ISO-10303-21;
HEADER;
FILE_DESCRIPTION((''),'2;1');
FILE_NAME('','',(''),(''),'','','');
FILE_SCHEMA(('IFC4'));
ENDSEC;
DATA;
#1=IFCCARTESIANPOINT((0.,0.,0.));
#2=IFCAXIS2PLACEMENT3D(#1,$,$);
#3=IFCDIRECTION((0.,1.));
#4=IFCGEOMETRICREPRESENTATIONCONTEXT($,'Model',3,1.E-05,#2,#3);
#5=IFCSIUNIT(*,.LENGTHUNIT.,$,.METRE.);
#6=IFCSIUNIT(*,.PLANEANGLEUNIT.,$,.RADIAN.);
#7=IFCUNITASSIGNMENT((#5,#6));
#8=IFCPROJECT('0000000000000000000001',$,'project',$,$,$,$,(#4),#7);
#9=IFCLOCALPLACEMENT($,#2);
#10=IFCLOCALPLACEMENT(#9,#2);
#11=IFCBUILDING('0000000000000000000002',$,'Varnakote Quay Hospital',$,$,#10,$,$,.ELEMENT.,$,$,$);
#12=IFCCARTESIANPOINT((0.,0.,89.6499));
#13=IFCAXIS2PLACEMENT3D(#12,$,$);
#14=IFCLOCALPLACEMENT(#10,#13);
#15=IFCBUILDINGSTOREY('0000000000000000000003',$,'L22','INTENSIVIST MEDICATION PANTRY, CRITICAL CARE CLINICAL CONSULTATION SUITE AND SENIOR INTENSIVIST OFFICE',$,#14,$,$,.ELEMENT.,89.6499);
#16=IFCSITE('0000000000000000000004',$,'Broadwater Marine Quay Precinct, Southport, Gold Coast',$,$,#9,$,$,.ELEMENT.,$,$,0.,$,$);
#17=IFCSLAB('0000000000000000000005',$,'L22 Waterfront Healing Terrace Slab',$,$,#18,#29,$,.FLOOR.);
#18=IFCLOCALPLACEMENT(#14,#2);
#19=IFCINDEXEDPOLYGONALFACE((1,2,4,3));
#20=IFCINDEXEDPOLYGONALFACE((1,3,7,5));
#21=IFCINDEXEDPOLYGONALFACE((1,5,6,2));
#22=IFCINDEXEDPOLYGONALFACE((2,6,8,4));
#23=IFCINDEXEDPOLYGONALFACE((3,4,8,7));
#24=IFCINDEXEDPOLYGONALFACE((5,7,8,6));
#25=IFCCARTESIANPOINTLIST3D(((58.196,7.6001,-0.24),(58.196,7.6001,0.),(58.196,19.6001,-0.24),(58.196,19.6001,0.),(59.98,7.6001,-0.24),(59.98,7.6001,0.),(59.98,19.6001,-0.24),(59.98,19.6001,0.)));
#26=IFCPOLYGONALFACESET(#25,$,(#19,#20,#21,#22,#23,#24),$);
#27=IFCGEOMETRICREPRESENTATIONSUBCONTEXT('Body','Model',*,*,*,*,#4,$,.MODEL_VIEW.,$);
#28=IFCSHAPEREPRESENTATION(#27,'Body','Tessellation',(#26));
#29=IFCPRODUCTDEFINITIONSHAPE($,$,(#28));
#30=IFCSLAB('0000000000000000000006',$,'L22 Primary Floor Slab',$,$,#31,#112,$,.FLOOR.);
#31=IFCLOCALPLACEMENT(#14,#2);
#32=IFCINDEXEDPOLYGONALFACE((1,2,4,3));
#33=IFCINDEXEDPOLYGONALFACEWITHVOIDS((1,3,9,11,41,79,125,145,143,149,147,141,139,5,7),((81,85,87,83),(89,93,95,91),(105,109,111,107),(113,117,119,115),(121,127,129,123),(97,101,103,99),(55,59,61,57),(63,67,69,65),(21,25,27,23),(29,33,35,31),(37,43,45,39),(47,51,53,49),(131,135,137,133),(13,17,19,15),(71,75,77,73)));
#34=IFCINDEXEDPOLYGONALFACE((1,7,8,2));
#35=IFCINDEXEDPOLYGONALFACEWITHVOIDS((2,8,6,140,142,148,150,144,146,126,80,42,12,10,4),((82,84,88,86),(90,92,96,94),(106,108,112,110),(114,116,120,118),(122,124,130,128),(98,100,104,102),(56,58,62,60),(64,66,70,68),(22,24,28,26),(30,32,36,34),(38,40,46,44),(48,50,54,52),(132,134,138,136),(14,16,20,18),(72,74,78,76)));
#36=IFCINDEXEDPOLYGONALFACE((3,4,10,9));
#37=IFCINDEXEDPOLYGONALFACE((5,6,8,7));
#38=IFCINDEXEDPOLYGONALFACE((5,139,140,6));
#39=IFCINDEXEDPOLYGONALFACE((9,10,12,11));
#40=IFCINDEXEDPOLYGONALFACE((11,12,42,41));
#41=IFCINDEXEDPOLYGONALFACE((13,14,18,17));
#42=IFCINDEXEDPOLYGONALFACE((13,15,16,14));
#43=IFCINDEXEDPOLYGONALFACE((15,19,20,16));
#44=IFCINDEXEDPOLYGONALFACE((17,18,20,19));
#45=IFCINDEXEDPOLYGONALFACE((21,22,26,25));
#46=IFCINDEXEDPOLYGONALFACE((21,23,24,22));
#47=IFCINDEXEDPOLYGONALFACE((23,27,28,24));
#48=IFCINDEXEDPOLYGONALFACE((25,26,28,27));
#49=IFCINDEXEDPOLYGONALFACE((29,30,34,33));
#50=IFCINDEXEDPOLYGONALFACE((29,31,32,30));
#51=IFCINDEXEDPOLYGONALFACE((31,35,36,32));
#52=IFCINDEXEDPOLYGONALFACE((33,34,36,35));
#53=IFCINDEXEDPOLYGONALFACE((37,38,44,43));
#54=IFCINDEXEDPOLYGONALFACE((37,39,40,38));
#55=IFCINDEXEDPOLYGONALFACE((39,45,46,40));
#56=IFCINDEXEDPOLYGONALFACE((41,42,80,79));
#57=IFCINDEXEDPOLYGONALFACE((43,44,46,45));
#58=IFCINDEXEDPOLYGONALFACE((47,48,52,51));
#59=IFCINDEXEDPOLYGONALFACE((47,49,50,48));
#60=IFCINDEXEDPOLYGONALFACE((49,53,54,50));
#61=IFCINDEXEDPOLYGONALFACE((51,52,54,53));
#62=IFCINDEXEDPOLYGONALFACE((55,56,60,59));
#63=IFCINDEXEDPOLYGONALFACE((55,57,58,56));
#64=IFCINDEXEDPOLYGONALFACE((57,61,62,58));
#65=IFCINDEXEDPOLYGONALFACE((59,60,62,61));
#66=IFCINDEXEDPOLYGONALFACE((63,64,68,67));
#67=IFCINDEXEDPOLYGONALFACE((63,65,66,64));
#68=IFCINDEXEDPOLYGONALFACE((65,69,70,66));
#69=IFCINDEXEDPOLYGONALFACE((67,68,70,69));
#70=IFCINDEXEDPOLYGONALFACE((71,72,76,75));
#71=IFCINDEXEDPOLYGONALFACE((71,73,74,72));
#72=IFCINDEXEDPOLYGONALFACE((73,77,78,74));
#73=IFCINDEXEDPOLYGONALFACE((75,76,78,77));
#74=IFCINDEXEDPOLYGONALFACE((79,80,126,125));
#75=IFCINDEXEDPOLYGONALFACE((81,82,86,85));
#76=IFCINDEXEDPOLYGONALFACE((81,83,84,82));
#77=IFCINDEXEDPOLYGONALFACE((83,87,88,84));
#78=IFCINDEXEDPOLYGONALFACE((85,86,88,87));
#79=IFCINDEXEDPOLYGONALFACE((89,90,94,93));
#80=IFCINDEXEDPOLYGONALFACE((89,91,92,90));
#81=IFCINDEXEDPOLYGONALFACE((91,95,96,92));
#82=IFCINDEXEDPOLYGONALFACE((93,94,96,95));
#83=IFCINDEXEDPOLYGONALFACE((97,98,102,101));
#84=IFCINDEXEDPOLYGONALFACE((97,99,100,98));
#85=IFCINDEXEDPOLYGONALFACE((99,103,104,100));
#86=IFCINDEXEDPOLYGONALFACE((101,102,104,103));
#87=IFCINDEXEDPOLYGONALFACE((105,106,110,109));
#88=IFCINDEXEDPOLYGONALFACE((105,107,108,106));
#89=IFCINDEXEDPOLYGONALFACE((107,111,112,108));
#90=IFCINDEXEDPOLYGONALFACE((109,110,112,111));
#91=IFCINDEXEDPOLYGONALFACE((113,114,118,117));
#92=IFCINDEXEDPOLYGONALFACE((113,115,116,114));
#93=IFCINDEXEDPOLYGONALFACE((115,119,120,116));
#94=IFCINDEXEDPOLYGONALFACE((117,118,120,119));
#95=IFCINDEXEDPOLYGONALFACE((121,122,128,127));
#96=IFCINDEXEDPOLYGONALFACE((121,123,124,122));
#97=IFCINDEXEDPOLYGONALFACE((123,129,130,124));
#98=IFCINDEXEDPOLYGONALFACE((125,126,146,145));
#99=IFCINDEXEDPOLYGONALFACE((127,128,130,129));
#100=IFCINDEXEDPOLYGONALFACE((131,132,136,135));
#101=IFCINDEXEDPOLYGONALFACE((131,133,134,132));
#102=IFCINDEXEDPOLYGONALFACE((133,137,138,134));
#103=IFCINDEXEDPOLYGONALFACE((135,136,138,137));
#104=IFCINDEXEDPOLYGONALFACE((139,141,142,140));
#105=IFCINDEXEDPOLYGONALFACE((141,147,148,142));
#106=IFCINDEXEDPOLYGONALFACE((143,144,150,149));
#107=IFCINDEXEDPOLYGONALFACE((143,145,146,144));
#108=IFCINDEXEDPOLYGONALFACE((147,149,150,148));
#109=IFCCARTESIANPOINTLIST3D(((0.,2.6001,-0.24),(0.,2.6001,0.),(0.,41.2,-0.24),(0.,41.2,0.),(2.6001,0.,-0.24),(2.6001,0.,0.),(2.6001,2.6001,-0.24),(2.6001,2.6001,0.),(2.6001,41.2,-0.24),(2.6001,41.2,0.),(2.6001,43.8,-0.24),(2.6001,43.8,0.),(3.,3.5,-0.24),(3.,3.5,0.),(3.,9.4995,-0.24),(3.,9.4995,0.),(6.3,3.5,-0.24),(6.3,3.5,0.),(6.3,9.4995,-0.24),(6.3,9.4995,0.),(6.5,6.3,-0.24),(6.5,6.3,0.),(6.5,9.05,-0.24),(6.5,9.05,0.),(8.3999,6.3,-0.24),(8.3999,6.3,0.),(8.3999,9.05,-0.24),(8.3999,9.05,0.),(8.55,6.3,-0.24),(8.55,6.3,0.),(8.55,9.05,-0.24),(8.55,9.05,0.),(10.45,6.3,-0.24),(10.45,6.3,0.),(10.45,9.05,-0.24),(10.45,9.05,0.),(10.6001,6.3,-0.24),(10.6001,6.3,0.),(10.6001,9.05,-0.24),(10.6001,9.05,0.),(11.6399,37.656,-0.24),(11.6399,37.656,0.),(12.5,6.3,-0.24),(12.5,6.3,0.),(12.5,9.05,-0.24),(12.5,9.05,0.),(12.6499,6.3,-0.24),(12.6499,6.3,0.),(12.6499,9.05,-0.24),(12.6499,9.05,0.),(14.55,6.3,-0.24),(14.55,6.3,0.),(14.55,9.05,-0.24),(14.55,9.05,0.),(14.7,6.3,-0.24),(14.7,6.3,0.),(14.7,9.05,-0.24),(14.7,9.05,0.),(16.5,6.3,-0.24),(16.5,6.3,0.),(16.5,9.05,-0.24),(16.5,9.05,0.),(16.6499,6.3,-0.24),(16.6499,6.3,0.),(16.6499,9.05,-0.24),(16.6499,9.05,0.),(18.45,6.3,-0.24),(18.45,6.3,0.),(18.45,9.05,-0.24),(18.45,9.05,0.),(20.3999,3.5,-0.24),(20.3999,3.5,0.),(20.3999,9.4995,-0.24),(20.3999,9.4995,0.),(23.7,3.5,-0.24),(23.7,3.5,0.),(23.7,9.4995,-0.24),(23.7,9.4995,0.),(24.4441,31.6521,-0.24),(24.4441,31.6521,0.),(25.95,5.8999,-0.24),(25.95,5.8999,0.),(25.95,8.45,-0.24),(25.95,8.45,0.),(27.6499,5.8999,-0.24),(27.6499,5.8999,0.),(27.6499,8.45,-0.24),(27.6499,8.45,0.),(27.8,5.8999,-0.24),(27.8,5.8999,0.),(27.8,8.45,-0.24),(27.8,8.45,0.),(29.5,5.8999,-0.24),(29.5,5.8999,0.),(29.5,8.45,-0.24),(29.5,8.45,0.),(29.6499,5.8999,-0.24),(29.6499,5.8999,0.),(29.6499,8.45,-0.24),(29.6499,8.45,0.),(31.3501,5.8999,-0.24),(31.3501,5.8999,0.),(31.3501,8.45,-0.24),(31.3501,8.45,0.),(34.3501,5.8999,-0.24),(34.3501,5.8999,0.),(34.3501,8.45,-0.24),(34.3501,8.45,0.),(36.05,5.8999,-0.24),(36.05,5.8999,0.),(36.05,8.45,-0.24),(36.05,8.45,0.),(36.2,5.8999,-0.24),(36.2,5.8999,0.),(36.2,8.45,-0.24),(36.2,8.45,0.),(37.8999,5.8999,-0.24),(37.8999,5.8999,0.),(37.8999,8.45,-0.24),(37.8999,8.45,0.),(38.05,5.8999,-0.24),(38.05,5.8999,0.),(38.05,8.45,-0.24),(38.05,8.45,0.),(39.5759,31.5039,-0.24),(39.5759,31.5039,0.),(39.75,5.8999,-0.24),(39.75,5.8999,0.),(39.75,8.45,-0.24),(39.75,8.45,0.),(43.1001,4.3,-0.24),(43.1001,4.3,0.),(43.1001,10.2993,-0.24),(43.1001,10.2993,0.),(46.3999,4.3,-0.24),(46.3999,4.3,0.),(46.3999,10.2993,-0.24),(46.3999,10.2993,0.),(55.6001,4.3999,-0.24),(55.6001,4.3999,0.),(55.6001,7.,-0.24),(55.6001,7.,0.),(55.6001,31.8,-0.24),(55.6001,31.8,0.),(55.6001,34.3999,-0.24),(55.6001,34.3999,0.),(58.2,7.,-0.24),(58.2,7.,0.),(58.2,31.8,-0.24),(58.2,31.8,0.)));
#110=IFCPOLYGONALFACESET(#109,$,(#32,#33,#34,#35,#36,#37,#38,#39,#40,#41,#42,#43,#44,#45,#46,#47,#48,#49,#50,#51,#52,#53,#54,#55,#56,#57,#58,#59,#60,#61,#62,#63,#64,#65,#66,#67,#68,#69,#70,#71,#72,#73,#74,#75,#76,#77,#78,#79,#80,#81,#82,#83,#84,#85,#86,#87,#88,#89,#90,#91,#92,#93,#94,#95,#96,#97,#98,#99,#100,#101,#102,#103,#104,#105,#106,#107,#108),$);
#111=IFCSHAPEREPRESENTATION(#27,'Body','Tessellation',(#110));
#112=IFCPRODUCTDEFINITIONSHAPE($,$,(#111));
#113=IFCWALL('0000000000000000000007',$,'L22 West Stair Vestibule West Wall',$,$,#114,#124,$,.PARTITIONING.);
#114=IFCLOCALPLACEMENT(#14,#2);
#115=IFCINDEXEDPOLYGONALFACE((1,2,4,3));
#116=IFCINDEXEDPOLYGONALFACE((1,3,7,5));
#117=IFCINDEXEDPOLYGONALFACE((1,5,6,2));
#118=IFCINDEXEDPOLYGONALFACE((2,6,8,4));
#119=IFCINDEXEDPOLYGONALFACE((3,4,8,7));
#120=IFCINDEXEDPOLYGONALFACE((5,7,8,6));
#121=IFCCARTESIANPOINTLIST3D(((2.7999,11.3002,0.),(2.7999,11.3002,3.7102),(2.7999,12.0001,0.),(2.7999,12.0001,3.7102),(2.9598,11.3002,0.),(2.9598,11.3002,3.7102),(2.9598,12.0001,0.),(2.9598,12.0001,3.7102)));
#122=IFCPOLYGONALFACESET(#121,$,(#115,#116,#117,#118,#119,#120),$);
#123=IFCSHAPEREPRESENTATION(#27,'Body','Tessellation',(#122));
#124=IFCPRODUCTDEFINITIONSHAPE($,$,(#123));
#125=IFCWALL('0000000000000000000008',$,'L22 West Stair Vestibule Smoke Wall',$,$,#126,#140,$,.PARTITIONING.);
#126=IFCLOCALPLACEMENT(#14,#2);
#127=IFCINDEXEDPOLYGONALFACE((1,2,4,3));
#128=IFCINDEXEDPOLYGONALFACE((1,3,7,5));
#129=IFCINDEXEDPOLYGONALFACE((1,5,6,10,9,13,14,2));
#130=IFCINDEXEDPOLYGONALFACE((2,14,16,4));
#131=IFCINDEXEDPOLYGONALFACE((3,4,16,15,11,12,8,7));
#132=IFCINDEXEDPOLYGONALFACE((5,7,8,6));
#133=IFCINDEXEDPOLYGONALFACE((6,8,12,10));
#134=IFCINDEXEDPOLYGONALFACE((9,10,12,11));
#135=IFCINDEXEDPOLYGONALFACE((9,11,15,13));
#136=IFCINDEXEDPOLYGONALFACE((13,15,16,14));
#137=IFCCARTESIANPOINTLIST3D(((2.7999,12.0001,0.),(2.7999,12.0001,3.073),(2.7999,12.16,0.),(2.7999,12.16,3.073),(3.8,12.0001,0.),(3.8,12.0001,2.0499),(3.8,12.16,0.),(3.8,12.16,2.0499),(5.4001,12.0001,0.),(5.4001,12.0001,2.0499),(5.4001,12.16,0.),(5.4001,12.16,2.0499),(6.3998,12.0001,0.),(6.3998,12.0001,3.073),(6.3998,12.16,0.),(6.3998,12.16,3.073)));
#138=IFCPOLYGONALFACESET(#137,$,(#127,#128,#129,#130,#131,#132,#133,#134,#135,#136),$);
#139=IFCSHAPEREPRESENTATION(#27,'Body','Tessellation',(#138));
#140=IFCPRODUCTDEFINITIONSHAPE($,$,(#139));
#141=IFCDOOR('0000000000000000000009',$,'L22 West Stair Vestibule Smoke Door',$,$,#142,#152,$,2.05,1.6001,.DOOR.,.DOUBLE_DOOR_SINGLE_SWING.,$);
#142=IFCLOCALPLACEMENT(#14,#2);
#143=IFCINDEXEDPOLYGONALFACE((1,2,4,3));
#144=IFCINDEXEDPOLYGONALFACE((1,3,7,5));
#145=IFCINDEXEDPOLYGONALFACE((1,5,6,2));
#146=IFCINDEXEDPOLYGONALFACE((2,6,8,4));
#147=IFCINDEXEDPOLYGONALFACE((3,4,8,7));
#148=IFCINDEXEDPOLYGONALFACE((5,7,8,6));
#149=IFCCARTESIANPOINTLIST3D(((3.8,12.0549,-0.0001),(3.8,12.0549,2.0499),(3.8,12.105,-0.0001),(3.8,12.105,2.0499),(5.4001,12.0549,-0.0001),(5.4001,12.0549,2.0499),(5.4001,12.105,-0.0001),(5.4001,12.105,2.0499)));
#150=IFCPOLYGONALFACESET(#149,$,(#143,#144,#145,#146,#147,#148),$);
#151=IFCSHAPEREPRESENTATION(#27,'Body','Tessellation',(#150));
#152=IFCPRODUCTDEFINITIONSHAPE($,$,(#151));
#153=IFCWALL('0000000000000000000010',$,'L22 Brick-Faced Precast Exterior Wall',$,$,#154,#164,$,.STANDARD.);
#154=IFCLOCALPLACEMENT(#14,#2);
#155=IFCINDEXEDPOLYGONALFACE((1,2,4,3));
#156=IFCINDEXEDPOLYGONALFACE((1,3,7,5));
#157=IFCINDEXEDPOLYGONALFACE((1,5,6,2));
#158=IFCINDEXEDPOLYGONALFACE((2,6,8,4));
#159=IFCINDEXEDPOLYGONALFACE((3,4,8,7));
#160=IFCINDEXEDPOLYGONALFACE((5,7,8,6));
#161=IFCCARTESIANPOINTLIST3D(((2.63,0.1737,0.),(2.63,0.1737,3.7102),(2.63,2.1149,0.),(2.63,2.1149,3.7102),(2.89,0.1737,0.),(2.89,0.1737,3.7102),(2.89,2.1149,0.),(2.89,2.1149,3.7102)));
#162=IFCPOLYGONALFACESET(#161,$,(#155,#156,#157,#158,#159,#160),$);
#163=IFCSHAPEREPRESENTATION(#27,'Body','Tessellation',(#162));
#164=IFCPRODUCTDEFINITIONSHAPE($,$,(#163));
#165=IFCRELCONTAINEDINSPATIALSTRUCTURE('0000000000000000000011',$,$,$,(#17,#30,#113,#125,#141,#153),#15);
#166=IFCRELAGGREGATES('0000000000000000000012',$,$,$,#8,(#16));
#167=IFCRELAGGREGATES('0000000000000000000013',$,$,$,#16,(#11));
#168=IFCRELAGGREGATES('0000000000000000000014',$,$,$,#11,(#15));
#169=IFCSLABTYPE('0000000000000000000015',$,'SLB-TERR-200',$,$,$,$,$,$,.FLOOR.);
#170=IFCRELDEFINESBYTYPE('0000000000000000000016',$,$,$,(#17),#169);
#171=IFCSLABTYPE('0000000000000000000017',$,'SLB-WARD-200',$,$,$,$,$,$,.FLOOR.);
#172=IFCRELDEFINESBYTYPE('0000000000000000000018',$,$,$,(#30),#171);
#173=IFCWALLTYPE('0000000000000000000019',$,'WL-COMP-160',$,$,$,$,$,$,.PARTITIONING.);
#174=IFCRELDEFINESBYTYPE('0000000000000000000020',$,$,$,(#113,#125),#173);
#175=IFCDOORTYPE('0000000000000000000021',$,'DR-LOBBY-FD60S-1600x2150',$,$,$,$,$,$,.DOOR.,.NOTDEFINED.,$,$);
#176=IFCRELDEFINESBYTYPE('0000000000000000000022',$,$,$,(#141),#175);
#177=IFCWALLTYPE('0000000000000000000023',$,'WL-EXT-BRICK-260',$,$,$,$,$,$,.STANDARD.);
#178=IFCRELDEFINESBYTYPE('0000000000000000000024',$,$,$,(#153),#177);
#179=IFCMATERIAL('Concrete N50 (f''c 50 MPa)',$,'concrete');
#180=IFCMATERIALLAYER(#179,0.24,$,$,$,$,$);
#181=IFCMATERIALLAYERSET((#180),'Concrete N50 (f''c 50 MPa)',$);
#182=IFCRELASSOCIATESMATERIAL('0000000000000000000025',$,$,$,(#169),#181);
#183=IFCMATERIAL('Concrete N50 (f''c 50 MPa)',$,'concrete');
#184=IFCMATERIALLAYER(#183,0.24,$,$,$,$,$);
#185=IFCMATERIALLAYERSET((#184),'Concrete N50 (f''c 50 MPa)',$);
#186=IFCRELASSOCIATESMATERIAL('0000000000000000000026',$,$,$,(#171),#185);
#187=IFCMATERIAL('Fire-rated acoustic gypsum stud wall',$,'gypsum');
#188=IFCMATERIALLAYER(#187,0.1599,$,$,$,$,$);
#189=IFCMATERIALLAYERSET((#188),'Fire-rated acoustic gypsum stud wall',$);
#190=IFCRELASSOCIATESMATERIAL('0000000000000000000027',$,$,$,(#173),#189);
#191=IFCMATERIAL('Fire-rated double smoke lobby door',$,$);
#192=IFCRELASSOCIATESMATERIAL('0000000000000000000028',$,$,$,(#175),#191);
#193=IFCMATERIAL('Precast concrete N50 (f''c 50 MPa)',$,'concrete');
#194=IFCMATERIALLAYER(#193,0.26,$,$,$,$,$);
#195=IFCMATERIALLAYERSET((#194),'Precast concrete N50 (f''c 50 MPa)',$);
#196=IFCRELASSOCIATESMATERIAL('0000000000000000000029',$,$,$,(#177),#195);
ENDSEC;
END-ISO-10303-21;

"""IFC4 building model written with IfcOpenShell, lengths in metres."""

from ifc_helpers import new_model, si_unit, direction, frame, frame_2d, origin, place, context, subcontext, project, spatial, polyline, rectangle, outline, extrude, material, layer, layer_set, type_object, element, fill, save


model = new_model("IFC4")

# Units and contexts
model_context = context("Model", 3, precision=1e-05, world=origin(), true_north=direction((0.0, 1.0)))
body_context = subcontext(model_context, "Body", "Model", "MODEL_VIEW")
ifc_project = project(units=[si_unit("LENGTHUNIT", "METRE"), si_unit("PLANEANGLEUNIT", "RADIAN")], contexts=[model_context])

# Site, building, storey
site_placement = place(None, origin())
site = spatial("IfcSite", under=ifc_project, at=site_placement, Name="Broadwater Marine Quay Precinct, Southport, Gold Coast", CompositionType="ELEMENT", RefElevation=0.0)
building_placement = place(site_placement, origin())
building = spatial("IfcBuilding", under=site, at=building_placement, Name="Varnakote Quay Hospital", CompositionType="ELEMENT")
storey_placement = place(building_placement, frame((0.0, 0.0, 89.6499)))
storey = spatial("IfcBuildingStorey", under=building, at=storey_placement, Name="L22", Description="INTENSIVIST MEDICATION PANTRY, CRITICAL CARE CLINICAL CONSULTATION SUITE AND SENIOR INTENSIVIST OFFICE", CompositionType="ELEMENT", Elevation=89.6499)

# Slabs
ifc_material_1 = material(Name="Concrete N50 (f'c 50 MPa)", Category="concrete")
ifc_layer_1 = layer(ifc_material_1, 0.24)
ifc_layer_set_1 = layer_set([ifc_layer_1], Name="Concrete N50 (f'c 50 MPa)")
slab_type_1 = type_object("IfcSlabType", Name="SLB-TERR-200", PredefinedType="FLOOR", material=ifc_layer_set_1)
slab_1_placement = place(storey_placement, frame((0.0, 0.0, -0.24)))
element("IfcSlab", 1, at=slab_1_placement, inside=storey, type_object=slab_type_1, Name="L22 Waterfront Healing Terrace Slab", PredefinedType="FLOOR", context=body_context, shape_type="SweptSolid", body=[
    extrude(outline(polyline([(58.196, 19.6001), (58.196, 7.6001), (59.98, 7.6001), (59.98, 19.6001), (58.196, 19.6001)])), origin(), (0.0, 0.0, 1.0), 0.24),
])
ifc_material_2 = material(Name="Concrete N50 (f'c 50 MPa)", Category="concrete")
ifc_layer_2 = layer(ifc_material_2, 0.24)
ifc_layer_set_2 = layer_set([ifc_layer_2], Name="Concrete N50 (f'c 50 MPa)")
slab_type_2 = type_object("IfcSlabType", Name="SLB-WARD-200", PredefinedType="FLOOR", material=ifc_layer_set_2)
slab_2_placement = place(storey_placement, frame((0.0, 0.0, -0.24)))
element("IfcSlab", 2, at=slab_2_placement, inside=storey, type_object=slab_type_2, Name="L22 Primary Floor Slab", PredefinedType="FLOOR", context=body_context, shape_type="SweptSolid", body=[
    extrude(outline(polyline([(0.0, 2.6001), (2.6001, 2.6001), (2.6001, 0.0), (55.6001, 4.3999), (55.6001, 7.0), (58.2, 7.0), (58.2, 31.8), (55.6001, 31.8), (55.6001, 34.3999), (39.5759, 31.5039), (24.4441, 31.6521), (11.6399, 37.656), (2.6001, 43.8), (2.6001, 41.2), (0.0, 41.2), (0.0, 2.6001)]), holes=[polyline([(3.0, 3.5), (6.3, 3.5), (6.3, 9.4995), (3.0, 9.4995), (3.0, 3.5)]), polyline([(20.3999, 3.5), (23.7, 3.5), (23.7, 9.4995), (20.3999, 9.4995), (20.3999, 3.5)]), polyline([(43.1001, 4.3), (46.3999, 4.3), (46.3999, 10.2993), (43.1001, 10.2993), (43.1001, 4.3)]), polyline([(6.5, 6.3), (8.3999, 6.3), (8.3999, 9.05), (6.5, 9.05), (6.5, 6.3)]), polyline([(8.55, 6.3), (10.45, 6.3), (10.45, 9.05), (8.55, 9.05), (8.55, 6.3)]), polyline([(10.6001, 6.3), (12.5, 6.3), (12.5, 9.05), (10.6001, 9.05), (10.6001, 6.3)]), polyline([(12.6499, 6.3), (14.55, 6.3), (14.55, 9.05), (12.6499, 9.05), (12.6499, 6.3)]), polyline([(14.7, 6.3), (16.5, 6.3), (16.5, 9.05), (14.7, 9.05), (14.7, 6.3)]), polyline([(16.6499, 6.3), (18.45, 6.3), (18.45, 9.05), (16.6499, 9.05), (16.6499, 6.3)]), polyline([(25.95, 5.8999), (27.6499, 5.8999), (27.6499, 8.45), (25.95, 8.45), (25.95, 5.8999)]), polyline([(27.8, 5.8999), (29.5, 5.8999), (29.5, 8.45), (27.8, 8.45), (27.8, 5.8999)]), polyline([(29.6499, 5.8999), (31.3501, 5.8999), (31.3501, 8.45), (29.6499, 8.45), (29.6499, 5.8999)]), polyline([(34.3501, 5.8999), (36.05, 5.8999), (36.05, 8.45), (34.3501, 8.45), (34.3501, 5.8999)]), polyline([(36.2, 5.8999), (37.8999, 5.8999), (37.8999, 8.45), (36.2, 8.45), (36.2, 5.8999)]), polyline([(38.05, 5.8999), (39.75, 5.8999), (39.75, 8.45), (38.05, 8.45), (38.05, 5.8999)])]), origin(), (0.0, 0.0, 1.0), 0.24),
])

# Wall
ifc_material_3 = material(Name="Fire-rated acoustic gypsum stud wall", Category="gypsum")
ifc_layer_3 = layer(ifc_material_3, 0.1599)
ifc_layer_set_3 = layer_set([ifc_layer_3], Name="Fire-rated acoustic gypsum stud wall")
wall_type_1 = type_object("IfcWallType", Name="WL-COMP-160", PredefinedType="PARTITIONING", material=ifc_layer_set_3)
wall_1_placement = place(storey_placement, frame((2.8799, 11.3, 0.0), z_axis=(0.0, 0.0, 1.0), x_axis=(0.0, 1.0, 0.0)))
element("IfcWall", 3, at=wall_1_placement, inside=storey, type_object=wall_type_1, Name="L22 West Stair Vestibule West Wall", PredefinedType="PARTITIONING", context=body_context, shape_type="SweptSolid", body=[
    extrude(rectangle(XDim=0.7, YDim=0.1599, at=frame_2d((0.3501, 0.0))), origin(), (0.0, 0.0, 1.0), 3.7102),
])

# Wall, opening, door
wall_2_placement = place(storey_placement, frame((2.8, 12.0801, 0.0), z_axis=(0.0, 0.0, 1.0), x_axis=(1.0, 0.0, 0.0)))
wall_2 = element("IfcWall", 4, at=wall_2_placement, inside=storey, type_object=wall_type_1, Name="L22 West Stair Vestibule Smoke Wall", PredefinedType="PARTITIONING", context=body_context, shape_type="SweptSolid", body=[
    extrude(rectangle(XDim=3.5999, YDim=0.1599, at=frame_2d((1.7998, 0.0))), origin(), (0.0, 0.0, 1.0), 3.073),
])
opening_1_placement = place(wall_2_placement, frame((1.0, 0.0, 0.0)))
opening_1 = element("IfcOpeningElement", 5, at=opening_1_placement, cuts=wall_2, PredefinedType="OPENING", context=body_context, shape_type="SweptSolid", body=[
    extrude(rectangle(XDim=1.6001, YDim=2.05, at=frame_2d((0.8, 1.0249))), frame((0.0, 0.0898, 0.0), z_axis=(0.0, -1.0, 0.0), x_axis=(1.0, 0.0, 0.0)), (0.0, 0.0, 1.0), 0.1799),
])
ifc_material_4 = material(Name="Fire-rated double smoke lobby door")
door_type_1 = type_object("IfcDoorType", Name="DR-LOBBY-FD60S-1600x2150", OperationType="NOTDEFINED", PredefinedType="DOOR", material=ifc_material_4)
door_1_placement = place(opening_1_placement, origin())
door_1 = element("IfcDoor", 6, at=door_1_placement, inside=storey, type_object=door_type_1, Name="L22 West Stair Vestibule Smoke Door", OperationType="DOUBLE_DOOR_SINGLE_SWING", OverallHeight=2.05, OverallWidth=1.6001, PredefinedType="DOOR", context=body_context, shape_type="SweptSolid", body=[
    extrude(rectangle(XDim=1.6001, YDim=2.05, at=frame_2d((0.8, 1.0249))), frame((0.0, 0.0249, 0.0), z_axis=(0.0, -1.0, 0.0), x_axis=(1.0, 0.0, 0.0)), (0.0, 0.0, 1.0), 0.05),
])
fill(opening_1, door_1)

# Wall
ifc_material_5 = material(Name="Precast concrete N50 (f'c 50 MPa)", Category="concrete")
ifc_layer_4 = layer(ifc_material_5, 0.26)
ifc_layer_set_4 = layer_set([ifc_layer_4], Name="Precast concrete N50 (f'c 50 MPa)")
wall_type_2 = type_object("IfcWallType", Name="WL-EXT-BRICK-260", PredefinedType="STANDARD", material=ifc_layer_set_4)
wall_3_placement = place(storey_placement, frame((2.76, 2.115, 0.0), z_axis=(0.0, 0.0, 1.0), x_axis=(0.0, -1.0, 0.0)))
element("IfcWall", 7, at=wall_3_placement, inside=storey, type_object=wall_type_2, Name="L22 Brick-Faced Precast Exterior Wall", PredefinedType="STANDARD", context=body_context, shape_type="SweptSolid", body=[
    extrude(rectangle(XDim=1.9412, YDim=0.26, at=frame_2d((0.9707, 0.0))), origin(), (0.0, 0.0, 1.0), 3.7102),
])

save(model, "model.ifc")
